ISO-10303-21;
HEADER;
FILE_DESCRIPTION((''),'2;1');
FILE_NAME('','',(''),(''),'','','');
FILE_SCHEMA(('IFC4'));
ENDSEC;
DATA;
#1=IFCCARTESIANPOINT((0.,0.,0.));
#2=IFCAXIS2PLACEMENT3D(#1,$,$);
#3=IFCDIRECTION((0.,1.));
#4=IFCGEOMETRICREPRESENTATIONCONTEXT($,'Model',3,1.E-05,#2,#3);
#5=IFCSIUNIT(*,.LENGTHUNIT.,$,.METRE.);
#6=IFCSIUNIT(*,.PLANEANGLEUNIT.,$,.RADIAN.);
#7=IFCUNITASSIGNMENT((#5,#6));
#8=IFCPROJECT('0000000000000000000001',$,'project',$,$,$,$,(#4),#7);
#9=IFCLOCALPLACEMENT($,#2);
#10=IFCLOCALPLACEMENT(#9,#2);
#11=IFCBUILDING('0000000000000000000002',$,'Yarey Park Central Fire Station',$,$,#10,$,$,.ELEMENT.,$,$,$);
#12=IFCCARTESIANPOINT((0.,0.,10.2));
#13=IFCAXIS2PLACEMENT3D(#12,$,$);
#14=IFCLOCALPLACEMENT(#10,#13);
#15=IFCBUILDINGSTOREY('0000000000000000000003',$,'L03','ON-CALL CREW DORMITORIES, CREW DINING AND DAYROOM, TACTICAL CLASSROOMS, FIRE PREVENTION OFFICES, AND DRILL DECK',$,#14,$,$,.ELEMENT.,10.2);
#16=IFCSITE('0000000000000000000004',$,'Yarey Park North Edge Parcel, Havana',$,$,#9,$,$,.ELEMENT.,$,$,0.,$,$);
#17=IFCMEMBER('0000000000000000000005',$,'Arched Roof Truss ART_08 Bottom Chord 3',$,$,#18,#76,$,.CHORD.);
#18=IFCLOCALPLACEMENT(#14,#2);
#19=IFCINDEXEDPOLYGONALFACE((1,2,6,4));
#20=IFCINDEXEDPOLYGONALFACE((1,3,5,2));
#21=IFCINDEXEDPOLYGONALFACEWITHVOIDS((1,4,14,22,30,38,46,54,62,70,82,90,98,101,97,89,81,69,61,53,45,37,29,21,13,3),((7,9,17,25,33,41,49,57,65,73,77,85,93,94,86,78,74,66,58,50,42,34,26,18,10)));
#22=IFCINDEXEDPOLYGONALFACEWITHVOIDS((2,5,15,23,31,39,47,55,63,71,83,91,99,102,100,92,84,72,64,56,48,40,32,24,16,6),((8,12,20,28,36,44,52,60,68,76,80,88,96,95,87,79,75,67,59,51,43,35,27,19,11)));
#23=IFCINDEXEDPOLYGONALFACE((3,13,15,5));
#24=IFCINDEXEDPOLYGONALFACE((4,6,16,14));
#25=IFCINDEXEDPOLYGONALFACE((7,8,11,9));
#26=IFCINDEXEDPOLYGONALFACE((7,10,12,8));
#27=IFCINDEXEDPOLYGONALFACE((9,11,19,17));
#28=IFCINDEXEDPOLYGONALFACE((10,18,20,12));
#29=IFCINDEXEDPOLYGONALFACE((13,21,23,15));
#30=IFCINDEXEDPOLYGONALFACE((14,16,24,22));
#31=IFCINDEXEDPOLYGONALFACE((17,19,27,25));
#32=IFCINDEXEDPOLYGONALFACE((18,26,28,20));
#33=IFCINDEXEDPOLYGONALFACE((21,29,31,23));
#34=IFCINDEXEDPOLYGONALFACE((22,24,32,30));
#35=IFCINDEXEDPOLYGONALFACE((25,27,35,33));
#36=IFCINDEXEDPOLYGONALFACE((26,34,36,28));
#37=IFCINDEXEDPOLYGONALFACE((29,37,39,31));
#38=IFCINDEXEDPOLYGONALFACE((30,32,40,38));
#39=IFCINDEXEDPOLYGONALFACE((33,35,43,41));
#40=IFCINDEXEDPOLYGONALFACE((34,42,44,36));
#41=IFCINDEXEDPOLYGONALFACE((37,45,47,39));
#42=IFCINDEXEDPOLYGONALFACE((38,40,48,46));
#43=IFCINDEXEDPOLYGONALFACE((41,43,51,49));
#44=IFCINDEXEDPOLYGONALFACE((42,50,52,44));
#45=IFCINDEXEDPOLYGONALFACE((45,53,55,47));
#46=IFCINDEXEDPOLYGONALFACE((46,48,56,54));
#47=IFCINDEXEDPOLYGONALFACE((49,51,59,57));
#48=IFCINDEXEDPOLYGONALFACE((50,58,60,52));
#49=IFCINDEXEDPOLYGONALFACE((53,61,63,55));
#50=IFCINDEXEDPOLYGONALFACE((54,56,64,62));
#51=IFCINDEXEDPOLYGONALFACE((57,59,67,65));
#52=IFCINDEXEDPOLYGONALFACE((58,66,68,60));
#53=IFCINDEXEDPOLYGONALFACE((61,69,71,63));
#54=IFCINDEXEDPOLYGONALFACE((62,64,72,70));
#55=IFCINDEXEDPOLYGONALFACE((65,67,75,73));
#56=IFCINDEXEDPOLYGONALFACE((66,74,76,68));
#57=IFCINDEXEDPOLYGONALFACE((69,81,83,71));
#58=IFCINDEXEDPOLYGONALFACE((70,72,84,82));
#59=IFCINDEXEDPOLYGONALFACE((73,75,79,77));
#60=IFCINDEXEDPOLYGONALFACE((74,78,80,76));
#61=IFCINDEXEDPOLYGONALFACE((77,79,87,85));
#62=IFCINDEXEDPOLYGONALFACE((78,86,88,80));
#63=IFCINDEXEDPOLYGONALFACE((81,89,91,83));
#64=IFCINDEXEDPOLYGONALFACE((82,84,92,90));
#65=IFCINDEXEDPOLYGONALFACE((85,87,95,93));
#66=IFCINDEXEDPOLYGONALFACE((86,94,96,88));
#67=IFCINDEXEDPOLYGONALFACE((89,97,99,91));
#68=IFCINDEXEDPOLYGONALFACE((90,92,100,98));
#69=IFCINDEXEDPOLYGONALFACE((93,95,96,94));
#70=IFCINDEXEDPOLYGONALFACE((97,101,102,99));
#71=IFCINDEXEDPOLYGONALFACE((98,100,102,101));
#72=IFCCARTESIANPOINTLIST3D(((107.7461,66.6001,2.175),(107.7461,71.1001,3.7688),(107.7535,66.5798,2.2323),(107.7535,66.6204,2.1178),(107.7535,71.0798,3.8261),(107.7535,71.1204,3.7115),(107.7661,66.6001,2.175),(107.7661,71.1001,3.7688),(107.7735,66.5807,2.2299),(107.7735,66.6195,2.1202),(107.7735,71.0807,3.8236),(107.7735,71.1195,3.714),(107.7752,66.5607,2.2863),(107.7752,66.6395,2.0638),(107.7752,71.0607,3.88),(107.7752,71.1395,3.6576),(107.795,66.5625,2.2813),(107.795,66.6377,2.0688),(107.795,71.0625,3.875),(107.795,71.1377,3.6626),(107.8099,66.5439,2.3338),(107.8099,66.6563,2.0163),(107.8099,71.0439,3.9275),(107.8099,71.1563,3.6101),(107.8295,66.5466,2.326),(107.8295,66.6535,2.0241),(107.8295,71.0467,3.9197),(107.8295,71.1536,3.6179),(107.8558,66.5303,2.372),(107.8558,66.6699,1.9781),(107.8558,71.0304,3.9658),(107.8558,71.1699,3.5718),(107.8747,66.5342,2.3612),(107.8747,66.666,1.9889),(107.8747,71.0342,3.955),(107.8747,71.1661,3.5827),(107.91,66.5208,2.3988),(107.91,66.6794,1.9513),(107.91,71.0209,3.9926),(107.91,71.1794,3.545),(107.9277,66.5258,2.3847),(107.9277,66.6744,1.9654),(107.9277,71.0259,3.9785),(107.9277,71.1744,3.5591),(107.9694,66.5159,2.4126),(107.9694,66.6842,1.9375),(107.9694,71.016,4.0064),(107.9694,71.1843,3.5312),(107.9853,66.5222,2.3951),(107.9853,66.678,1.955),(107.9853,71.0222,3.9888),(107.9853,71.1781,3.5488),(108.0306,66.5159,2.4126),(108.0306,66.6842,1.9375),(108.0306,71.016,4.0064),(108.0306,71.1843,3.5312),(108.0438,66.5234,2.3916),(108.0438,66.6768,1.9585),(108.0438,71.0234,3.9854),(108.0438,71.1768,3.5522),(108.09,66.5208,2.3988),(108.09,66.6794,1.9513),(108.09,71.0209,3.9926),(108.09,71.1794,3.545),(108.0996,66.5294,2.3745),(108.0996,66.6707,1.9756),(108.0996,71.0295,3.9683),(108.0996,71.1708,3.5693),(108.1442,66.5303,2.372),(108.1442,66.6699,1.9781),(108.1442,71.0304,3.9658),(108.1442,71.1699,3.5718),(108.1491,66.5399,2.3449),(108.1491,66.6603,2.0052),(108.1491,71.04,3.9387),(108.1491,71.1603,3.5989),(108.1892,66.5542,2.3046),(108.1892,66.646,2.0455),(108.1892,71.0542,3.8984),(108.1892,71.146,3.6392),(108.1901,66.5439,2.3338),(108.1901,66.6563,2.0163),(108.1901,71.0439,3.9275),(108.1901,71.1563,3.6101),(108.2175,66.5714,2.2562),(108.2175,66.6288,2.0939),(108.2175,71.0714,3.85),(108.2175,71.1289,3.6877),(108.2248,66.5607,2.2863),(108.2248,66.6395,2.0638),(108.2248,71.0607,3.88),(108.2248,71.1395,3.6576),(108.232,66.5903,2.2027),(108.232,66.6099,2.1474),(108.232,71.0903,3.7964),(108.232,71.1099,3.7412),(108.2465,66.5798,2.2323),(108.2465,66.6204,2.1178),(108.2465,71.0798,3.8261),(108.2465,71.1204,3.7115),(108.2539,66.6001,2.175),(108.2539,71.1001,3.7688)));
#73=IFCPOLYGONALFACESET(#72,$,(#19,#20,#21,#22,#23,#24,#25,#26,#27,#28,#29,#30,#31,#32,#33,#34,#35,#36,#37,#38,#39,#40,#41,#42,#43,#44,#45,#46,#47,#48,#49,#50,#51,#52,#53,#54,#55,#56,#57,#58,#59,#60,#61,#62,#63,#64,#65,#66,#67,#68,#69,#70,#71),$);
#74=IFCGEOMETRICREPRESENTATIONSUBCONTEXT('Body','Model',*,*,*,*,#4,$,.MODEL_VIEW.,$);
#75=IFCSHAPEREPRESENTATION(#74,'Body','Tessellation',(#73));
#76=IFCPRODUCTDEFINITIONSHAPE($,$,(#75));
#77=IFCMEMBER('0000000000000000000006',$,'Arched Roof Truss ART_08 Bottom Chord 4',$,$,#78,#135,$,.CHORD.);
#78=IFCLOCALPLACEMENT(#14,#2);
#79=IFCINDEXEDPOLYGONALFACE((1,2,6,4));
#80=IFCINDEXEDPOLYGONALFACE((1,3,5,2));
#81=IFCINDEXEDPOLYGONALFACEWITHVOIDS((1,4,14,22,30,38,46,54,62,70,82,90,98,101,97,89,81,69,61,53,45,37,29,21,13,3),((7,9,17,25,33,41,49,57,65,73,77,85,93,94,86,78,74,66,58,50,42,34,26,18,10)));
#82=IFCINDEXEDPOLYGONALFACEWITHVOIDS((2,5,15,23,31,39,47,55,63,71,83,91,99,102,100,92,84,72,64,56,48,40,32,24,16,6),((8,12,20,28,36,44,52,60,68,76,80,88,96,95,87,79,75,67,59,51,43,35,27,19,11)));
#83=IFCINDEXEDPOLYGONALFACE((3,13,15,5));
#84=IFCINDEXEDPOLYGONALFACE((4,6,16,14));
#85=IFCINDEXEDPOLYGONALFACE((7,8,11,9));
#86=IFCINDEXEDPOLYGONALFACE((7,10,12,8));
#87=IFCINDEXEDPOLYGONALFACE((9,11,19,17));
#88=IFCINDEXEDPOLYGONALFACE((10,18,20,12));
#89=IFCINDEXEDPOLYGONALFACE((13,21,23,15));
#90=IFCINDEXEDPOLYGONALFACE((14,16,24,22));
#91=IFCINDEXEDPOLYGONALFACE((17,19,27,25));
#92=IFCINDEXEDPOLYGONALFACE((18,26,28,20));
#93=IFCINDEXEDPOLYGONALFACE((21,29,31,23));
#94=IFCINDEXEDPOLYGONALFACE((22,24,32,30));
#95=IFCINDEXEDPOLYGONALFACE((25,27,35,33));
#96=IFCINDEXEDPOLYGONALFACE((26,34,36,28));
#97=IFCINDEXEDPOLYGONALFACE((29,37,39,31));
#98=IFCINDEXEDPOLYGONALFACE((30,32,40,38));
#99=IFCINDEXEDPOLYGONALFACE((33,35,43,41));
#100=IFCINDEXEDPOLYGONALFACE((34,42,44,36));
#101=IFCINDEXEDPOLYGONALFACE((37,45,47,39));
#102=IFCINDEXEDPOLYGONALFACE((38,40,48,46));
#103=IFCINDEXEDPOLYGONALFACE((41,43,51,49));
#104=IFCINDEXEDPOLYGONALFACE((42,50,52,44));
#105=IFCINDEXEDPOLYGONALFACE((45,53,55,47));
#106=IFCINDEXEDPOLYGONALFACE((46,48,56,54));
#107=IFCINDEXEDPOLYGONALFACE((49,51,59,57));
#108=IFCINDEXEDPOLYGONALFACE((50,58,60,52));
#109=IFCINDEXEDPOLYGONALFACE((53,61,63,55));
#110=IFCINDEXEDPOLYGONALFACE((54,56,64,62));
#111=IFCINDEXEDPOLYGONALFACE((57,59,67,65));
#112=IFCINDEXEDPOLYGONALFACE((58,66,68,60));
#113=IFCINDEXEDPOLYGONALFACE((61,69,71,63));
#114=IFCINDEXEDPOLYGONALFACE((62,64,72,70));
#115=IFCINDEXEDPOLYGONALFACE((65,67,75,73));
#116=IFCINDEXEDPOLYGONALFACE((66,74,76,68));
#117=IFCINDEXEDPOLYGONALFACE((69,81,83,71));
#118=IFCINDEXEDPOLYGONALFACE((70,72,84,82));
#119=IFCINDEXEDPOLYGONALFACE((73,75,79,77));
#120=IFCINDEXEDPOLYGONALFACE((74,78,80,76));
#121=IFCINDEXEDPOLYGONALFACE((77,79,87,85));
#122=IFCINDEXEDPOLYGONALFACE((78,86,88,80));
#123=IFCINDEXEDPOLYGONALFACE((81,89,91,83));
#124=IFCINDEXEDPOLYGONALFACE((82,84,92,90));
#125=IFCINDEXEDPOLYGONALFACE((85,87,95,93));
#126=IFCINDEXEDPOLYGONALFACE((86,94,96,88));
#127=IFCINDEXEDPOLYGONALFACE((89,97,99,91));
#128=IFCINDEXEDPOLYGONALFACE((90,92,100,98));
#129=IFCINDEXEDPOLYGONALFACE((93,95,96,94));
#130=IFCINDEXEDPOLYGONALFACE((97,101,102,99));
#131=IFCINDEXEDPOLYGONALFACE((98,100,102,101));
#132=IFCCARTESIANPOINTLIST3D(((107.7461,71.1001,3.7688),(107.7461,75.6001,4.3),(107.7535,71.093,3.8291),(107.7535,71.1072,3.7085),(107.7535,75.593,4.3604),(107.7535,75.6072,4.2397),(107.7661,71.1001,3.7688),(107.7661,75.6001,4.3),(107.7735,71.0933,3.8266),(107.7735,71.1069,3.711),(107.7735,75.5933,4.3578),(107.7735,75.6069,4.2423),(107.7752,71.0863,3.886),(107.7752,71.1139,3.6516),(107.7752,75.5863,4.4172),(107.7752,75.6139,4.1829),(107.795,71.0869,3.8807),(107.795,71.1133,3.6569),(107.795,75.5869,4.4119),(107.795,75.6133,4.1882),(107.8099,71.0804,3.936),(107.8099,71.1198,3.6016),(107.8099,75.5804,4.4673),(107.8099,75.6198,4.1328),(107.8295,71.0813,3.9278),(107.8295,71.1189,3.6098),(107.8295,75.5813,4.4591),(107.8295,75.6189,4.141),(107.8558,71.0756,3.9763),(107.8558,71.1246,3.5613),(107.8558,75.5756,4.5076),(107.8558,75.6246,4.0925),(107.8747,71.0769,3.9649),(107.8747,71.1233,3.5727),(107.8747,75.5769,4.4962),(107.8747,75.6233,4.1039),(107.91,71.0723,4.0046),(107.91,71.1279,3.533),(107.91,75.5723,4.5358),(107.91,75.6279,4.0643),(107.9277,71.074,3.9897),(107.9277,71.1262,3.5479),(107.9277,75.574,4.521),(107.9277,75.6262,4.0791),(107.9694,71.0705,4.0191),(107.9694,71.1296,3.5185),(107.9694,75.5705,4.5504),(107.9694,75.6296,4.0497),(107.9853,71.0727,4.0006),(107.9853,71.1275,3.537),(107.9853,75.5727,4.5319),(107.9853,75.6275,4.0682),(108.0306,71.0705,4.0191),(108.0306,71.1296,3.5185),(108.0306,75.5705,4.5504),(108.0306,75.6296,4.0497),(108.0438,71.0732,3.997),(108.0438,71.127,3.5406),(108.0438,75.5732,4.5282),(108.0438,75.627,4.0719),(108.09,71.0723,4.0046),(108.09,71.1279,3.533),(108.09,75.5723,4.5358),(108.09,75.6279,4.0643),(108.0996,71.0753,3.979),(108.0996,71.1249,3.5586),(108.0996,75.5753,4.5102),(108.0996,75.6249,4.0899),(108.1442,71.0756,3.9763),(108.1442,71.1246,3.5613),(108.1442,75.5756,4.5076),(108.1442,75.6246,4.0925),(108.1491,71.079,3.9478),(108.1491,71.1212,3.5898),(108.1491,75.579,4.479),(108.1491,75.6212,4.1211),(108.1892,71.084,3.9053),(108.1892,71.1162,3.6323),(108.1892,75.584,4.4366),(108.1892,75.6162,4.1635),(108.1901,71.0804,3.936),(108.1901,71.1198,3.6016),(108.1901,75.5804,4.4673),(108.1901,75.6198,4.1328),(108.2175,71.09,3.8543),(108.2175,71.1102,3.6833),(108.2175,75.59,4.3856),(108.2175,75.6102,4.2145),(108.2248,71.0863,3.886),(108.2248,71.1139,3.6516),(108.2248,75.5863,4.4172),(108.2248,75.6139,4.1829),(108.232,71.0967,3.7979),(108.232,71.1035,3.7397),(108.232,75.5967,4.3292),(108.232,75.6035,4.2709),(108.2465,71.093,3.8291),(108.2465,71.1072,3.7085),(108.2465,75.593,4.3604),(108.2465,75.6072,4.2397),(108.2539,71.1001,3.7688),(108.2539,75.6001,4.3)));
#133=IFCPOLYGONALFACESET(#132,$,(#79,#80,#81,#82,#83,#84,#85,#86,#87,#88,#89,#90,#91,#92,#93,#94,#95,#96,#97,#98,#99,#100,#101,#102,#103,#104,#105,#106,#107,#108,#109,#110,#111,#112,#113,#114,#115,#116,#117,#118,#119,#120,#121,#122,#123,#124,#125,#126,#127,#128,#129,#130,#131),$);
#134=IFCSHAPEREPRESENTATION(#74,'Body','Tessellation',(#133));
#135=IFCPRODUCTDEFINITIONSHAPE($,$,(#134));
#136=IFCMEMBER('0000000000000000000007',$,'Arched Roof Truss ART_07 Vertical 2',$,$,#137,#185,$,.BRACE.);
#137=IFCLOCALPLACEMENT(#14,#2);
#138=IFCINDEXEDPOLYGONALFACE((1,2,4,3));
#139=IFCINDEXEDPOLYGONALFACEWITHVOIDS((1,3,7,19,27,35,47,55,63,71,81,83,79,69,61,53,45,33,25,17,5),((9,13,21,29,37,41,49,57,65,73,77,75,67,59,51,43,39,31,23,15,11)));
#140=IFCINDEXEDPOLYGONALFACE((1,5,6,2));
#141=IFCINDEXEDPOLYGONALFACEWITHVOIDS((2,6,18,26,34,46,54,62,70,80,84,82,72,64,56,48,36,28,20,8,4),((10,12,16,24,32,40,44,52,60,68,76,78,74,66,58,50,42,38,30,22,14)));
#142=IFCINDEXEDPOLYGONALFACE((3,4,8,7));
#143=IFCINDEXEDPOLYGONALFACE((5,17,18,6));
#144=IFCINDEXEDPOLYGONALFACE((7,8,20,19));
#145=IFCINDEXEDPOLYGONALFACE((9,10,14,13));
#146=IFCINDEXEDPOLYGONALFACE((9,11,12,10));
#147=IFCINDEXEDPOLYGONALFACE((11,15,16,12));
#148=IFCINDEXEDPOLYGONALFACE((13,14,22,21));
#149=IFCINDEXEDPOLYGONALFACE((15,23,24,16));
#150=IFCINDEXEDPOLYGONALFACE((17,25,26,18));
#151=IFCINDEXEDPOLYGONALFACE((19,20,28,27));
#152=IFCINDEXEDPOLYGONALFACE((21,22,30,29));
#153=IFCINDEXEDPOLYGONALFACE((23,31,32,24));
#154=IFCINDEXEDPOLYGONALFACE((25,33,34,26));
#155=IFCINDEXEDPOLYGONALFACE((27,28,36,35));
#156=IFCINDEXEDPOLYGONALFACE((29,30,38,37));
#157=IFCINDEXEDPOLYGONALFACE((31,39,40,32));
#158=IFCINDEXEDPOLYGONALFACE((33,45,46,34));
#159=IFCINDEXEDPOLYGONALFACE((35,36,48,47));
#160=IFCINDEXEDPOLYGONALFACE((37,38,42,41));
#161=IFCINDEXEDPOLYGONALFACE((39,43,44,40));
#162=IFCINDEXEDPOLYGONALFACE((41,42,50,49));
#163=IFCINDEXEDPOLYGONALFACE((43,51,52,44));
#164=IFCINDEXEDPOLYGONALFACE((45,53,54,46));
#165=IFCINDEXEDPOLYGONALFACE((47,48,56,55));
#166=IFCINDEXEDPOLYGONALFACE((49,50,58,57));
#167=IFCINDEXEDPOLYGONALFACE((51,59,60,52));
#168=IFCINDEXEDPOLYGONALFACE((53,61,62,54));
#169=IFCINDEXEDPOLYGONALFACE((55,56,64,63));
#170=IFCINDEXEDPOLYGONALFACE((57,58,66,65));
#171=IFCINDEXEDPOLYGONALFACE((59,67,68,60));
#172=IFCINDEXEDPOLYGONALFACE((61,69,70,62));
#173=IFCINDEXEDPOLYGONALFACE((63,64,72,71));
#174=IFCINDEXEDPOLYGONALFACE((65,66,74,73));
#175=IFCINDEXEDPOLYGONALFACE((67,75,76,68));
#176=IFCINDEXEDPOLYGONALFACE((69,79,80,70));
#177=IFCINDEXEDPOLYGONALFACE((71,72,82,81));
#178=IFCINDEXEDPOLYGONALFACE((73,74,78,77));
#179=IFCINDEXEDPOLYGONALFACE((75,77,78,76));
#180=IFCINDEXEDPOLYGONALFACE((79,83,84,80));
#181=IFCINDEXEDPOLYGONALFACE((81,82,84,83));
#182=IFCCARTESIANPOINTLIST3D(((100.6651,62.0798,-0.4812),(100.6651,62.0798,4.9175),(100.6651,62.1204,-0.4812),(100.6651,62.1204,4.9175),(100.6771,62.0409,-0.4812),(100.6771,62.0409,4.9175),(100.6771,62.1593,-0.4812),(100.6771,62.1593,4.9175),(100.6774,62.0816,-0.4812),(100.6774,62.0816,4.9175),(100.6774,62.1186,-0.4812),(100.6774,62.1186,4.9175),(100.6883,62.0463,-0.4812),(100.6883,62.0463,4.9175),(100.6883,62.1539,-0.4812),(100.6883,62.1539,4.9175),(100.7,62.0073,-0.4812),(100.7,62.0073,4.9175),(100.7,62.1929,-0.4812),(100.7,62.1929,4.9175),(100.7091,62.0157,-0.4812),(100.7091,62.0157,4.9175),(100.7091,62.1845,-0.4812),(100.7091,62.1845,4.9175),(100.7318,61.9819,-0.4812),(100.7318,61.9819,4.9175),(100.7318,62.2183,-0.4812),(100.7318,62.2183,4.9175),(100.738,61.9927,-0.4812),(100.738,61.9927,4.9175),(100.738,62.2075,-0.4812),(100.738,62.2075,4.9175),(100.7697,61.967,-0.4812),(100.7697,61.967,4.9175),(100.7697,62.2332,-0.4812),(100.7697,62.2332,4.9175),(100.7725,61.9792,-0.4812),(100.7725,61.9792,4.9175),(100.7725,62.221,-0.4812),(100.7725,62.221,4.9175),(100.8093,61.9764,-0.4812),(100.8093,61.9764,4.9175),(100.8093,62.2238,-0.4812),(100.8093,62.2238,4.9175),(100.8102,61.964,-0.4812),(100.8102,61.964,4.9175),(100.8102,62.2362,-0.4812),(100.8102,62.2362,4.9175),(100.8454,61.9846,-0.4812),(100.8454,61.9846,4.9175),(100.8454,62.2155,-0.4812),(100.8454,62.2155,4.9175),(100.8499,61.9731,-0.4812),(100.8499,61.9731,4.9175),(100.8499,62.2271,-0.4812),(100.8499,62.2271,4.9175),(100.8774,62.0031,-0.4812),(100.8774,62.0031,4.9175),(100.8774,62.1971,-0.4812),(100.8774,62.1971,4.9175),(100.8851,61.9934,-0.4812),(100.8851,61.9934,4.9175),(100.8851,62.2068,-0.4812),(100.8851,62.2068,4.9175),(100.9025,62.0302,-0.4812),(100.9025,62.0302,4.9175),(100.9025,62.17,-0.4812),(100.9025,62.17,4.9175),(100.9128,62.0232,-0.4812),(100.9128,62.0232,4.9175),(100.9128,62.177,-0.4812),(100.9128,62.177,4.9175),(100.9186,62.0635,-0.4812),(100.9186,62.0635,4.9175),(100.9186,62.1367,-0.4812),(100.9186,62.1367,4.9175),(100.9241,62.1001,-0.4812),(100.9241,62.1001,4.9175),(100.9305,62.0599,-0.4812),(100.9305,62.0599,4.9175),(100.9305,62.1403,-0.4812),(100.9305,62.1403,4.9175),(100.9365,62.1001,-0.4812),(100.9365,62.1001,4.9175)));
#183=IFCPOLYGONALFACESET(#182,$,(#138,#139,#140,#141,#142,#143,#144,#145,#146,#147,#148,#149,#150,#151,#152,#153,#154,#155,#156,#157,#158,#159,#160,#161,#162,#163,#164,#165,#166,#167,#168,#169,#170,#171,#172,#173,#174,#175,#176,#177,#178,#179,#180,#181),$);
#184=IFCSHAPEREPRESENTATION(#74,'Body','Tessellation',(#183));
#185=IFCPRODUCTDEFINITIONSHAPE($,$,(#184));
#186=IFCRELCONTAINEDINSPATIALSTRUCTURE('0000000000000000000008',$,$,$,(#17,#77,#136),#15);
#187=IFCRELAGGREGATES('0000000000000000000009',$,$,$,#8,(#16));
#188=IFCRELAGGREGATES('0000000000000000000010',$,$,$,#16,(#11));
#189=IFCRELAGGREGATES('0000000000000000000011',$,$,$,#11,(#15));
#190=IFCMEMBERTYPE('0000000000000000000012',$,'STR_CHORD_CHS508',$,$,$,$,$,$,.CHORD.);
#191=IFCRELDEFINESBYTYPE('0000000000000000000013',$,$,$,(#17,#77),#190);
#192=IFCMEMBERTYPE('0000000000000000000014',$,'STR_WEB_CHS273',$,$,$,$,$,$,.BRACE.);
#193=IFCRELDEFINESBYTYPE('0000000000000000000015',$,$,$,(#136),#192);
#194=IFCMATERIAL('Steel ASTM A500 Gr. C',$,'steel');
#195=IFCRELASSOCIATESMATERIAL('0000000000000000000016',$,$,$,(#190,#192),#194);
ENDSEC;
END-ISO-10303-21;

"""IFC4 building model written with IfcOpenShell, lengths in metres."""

from ifc_helpers import new_model, si_unit, direction, frame, origin, origin_2d, place, context, subcontext, project, spatial, hollow_circle, extrude, material, material_profile, profile_set, type_object, element, save


model = new_model("IFC4")

# Units and contexts
model_context = context("Model", 3, precision=1e-05, world=origin(), true_north=direction((0.0, 1.0)))
body_context = subcontext(model_context, "Body", "Model", "MODEL_VIEW")
ifc_project = project(units=[si_unit("LENGTHUNIT", "METRE"), si_unit("PLANEANGLEUNIT", "RADIAN")], contexts=[model_context])

# Site, building, storey
site_placement = place(None, origin())
site = spatial("IfcSite", under=ifc_project, at=site_placement, Name="Yarey Park North Edge Parcel, Havana", CompositionType="ELEMENT", RefElevation=0.0)
building_placement = place(site_placement, origin())
building = spatial("IfcBuilding", under=site, at=building_placement, Name="Yarey Park Central Fire Station", CompositionType="ELEMENT")
storey_placement = place(building_placement, frame((0.0, 0.0, 10.2)))
storey = spatial("IfcBuildingStorey", under=building, at=storey_placement, Name="L03", Description="ON-CALL CREW DORMITORIES, CREW DINING AND DAYROOM, TACTICAL CLASSROOMS, FIRE PREVENTION OFFICES, AND DRILL DECK", CompositionType="ELEMENT", Elevation=10.2)

# Members
ifc_material_1 = material(Name="Steel ASTM A500 Gr. C", Category="steel")
ifc_material_profile_1 = material_profile(ifc_material_1, hollow_circle(Radius=0.2539, WallThickness=0.02, at=origin_2d()), Name="CHS 508x20")
ifc_profile_set_1 = profile_set([ifc_material_profile_1], Name="Steel ASTM A500 Gr. C")
member_type_1 = type_object("IfcMemberType", Name="STR_CHORD_CHS508", PredefinedType="CHORD", material=ifc_profile_set_1)
member_1_placement = place(storey_placement, frame((108.0, 66.6001, 2.175), z_axis=(0.0, 0.942627, 0.333847), x_axis=(-1.0, 0.0, 0.0)))
element("IfcMember", 1, at=member_1_placement, inside=storey, type_object=member_type_1, Name="Arched Roof Truss ART_08 Bottom Chord 3", PredefinedType="CHORD", context=body_context, shape_type="SweptSolid", body=[
    extrude(hollow_circle(Radius=0.2539, WallThickness=0.02, at=origin_2d()), origin(), (0.0, 0.0, 1.0), 4.7739),
])
member_2_placement = place(storey_placement, frame((108.0, 71.1001, 3.7688), z_axis=(0.0, 0.993103, 0.117241), x_axis=(-1.0, 0.0, 0.0)))
element("IfcMember", 2, at=member_2_placement, inside=storey, type_object=member_type_1, Name="Arched Roof Truss ART_08 Bottom Chord 4", PredefinedType="CHORD", context=body_context, shape_type="SweptSolid", body=[
    extrude(hollow_circle(Radius=0.2539, WallThickness=0.02, at=origin_2d()), origin(), (0.0, 0.0, 1.0), 4.5312),
])
ifc_material_profile_2 = material_profile(ifc_material_1, hollow_circle(Radius=0.1365, WallThickness=0.0125, at=origin_2d()), Name="CHS 273x12.5")
ifc_profile_set_2 = profile_set([ifc_material_profile_2], Name="Steel ASTM A500 Gr. C")
member_type_2 = type_object("IfcMemberType", Name="STR_WEB_CHS273", PredefinedType="BRACE", material=ifc_profile_set_2)
member_3_placement = place(storey_placement, frame((100.8, 62.1001, -0.4812), z_axis=(0.0, 0.0, 1.0), x_axis=(1.0, 0.0, 0.0)))
element("IfcMember", 3, at=member_3_placement, inside=storey, type_object=member_type_2, Name="Arched Roof Truss ART_07 Vertical 2", PredefinedType="BRACE", context=body_context, shape_type="SweptSolid", body=[
    extrude(hollow_circle(Radius=0.1365, WallThickness=0.0125, at=origin_2d()), origin(), (0.0, 0.0, 1.0), 5.3987),
])

save(model, "model.ifc")
